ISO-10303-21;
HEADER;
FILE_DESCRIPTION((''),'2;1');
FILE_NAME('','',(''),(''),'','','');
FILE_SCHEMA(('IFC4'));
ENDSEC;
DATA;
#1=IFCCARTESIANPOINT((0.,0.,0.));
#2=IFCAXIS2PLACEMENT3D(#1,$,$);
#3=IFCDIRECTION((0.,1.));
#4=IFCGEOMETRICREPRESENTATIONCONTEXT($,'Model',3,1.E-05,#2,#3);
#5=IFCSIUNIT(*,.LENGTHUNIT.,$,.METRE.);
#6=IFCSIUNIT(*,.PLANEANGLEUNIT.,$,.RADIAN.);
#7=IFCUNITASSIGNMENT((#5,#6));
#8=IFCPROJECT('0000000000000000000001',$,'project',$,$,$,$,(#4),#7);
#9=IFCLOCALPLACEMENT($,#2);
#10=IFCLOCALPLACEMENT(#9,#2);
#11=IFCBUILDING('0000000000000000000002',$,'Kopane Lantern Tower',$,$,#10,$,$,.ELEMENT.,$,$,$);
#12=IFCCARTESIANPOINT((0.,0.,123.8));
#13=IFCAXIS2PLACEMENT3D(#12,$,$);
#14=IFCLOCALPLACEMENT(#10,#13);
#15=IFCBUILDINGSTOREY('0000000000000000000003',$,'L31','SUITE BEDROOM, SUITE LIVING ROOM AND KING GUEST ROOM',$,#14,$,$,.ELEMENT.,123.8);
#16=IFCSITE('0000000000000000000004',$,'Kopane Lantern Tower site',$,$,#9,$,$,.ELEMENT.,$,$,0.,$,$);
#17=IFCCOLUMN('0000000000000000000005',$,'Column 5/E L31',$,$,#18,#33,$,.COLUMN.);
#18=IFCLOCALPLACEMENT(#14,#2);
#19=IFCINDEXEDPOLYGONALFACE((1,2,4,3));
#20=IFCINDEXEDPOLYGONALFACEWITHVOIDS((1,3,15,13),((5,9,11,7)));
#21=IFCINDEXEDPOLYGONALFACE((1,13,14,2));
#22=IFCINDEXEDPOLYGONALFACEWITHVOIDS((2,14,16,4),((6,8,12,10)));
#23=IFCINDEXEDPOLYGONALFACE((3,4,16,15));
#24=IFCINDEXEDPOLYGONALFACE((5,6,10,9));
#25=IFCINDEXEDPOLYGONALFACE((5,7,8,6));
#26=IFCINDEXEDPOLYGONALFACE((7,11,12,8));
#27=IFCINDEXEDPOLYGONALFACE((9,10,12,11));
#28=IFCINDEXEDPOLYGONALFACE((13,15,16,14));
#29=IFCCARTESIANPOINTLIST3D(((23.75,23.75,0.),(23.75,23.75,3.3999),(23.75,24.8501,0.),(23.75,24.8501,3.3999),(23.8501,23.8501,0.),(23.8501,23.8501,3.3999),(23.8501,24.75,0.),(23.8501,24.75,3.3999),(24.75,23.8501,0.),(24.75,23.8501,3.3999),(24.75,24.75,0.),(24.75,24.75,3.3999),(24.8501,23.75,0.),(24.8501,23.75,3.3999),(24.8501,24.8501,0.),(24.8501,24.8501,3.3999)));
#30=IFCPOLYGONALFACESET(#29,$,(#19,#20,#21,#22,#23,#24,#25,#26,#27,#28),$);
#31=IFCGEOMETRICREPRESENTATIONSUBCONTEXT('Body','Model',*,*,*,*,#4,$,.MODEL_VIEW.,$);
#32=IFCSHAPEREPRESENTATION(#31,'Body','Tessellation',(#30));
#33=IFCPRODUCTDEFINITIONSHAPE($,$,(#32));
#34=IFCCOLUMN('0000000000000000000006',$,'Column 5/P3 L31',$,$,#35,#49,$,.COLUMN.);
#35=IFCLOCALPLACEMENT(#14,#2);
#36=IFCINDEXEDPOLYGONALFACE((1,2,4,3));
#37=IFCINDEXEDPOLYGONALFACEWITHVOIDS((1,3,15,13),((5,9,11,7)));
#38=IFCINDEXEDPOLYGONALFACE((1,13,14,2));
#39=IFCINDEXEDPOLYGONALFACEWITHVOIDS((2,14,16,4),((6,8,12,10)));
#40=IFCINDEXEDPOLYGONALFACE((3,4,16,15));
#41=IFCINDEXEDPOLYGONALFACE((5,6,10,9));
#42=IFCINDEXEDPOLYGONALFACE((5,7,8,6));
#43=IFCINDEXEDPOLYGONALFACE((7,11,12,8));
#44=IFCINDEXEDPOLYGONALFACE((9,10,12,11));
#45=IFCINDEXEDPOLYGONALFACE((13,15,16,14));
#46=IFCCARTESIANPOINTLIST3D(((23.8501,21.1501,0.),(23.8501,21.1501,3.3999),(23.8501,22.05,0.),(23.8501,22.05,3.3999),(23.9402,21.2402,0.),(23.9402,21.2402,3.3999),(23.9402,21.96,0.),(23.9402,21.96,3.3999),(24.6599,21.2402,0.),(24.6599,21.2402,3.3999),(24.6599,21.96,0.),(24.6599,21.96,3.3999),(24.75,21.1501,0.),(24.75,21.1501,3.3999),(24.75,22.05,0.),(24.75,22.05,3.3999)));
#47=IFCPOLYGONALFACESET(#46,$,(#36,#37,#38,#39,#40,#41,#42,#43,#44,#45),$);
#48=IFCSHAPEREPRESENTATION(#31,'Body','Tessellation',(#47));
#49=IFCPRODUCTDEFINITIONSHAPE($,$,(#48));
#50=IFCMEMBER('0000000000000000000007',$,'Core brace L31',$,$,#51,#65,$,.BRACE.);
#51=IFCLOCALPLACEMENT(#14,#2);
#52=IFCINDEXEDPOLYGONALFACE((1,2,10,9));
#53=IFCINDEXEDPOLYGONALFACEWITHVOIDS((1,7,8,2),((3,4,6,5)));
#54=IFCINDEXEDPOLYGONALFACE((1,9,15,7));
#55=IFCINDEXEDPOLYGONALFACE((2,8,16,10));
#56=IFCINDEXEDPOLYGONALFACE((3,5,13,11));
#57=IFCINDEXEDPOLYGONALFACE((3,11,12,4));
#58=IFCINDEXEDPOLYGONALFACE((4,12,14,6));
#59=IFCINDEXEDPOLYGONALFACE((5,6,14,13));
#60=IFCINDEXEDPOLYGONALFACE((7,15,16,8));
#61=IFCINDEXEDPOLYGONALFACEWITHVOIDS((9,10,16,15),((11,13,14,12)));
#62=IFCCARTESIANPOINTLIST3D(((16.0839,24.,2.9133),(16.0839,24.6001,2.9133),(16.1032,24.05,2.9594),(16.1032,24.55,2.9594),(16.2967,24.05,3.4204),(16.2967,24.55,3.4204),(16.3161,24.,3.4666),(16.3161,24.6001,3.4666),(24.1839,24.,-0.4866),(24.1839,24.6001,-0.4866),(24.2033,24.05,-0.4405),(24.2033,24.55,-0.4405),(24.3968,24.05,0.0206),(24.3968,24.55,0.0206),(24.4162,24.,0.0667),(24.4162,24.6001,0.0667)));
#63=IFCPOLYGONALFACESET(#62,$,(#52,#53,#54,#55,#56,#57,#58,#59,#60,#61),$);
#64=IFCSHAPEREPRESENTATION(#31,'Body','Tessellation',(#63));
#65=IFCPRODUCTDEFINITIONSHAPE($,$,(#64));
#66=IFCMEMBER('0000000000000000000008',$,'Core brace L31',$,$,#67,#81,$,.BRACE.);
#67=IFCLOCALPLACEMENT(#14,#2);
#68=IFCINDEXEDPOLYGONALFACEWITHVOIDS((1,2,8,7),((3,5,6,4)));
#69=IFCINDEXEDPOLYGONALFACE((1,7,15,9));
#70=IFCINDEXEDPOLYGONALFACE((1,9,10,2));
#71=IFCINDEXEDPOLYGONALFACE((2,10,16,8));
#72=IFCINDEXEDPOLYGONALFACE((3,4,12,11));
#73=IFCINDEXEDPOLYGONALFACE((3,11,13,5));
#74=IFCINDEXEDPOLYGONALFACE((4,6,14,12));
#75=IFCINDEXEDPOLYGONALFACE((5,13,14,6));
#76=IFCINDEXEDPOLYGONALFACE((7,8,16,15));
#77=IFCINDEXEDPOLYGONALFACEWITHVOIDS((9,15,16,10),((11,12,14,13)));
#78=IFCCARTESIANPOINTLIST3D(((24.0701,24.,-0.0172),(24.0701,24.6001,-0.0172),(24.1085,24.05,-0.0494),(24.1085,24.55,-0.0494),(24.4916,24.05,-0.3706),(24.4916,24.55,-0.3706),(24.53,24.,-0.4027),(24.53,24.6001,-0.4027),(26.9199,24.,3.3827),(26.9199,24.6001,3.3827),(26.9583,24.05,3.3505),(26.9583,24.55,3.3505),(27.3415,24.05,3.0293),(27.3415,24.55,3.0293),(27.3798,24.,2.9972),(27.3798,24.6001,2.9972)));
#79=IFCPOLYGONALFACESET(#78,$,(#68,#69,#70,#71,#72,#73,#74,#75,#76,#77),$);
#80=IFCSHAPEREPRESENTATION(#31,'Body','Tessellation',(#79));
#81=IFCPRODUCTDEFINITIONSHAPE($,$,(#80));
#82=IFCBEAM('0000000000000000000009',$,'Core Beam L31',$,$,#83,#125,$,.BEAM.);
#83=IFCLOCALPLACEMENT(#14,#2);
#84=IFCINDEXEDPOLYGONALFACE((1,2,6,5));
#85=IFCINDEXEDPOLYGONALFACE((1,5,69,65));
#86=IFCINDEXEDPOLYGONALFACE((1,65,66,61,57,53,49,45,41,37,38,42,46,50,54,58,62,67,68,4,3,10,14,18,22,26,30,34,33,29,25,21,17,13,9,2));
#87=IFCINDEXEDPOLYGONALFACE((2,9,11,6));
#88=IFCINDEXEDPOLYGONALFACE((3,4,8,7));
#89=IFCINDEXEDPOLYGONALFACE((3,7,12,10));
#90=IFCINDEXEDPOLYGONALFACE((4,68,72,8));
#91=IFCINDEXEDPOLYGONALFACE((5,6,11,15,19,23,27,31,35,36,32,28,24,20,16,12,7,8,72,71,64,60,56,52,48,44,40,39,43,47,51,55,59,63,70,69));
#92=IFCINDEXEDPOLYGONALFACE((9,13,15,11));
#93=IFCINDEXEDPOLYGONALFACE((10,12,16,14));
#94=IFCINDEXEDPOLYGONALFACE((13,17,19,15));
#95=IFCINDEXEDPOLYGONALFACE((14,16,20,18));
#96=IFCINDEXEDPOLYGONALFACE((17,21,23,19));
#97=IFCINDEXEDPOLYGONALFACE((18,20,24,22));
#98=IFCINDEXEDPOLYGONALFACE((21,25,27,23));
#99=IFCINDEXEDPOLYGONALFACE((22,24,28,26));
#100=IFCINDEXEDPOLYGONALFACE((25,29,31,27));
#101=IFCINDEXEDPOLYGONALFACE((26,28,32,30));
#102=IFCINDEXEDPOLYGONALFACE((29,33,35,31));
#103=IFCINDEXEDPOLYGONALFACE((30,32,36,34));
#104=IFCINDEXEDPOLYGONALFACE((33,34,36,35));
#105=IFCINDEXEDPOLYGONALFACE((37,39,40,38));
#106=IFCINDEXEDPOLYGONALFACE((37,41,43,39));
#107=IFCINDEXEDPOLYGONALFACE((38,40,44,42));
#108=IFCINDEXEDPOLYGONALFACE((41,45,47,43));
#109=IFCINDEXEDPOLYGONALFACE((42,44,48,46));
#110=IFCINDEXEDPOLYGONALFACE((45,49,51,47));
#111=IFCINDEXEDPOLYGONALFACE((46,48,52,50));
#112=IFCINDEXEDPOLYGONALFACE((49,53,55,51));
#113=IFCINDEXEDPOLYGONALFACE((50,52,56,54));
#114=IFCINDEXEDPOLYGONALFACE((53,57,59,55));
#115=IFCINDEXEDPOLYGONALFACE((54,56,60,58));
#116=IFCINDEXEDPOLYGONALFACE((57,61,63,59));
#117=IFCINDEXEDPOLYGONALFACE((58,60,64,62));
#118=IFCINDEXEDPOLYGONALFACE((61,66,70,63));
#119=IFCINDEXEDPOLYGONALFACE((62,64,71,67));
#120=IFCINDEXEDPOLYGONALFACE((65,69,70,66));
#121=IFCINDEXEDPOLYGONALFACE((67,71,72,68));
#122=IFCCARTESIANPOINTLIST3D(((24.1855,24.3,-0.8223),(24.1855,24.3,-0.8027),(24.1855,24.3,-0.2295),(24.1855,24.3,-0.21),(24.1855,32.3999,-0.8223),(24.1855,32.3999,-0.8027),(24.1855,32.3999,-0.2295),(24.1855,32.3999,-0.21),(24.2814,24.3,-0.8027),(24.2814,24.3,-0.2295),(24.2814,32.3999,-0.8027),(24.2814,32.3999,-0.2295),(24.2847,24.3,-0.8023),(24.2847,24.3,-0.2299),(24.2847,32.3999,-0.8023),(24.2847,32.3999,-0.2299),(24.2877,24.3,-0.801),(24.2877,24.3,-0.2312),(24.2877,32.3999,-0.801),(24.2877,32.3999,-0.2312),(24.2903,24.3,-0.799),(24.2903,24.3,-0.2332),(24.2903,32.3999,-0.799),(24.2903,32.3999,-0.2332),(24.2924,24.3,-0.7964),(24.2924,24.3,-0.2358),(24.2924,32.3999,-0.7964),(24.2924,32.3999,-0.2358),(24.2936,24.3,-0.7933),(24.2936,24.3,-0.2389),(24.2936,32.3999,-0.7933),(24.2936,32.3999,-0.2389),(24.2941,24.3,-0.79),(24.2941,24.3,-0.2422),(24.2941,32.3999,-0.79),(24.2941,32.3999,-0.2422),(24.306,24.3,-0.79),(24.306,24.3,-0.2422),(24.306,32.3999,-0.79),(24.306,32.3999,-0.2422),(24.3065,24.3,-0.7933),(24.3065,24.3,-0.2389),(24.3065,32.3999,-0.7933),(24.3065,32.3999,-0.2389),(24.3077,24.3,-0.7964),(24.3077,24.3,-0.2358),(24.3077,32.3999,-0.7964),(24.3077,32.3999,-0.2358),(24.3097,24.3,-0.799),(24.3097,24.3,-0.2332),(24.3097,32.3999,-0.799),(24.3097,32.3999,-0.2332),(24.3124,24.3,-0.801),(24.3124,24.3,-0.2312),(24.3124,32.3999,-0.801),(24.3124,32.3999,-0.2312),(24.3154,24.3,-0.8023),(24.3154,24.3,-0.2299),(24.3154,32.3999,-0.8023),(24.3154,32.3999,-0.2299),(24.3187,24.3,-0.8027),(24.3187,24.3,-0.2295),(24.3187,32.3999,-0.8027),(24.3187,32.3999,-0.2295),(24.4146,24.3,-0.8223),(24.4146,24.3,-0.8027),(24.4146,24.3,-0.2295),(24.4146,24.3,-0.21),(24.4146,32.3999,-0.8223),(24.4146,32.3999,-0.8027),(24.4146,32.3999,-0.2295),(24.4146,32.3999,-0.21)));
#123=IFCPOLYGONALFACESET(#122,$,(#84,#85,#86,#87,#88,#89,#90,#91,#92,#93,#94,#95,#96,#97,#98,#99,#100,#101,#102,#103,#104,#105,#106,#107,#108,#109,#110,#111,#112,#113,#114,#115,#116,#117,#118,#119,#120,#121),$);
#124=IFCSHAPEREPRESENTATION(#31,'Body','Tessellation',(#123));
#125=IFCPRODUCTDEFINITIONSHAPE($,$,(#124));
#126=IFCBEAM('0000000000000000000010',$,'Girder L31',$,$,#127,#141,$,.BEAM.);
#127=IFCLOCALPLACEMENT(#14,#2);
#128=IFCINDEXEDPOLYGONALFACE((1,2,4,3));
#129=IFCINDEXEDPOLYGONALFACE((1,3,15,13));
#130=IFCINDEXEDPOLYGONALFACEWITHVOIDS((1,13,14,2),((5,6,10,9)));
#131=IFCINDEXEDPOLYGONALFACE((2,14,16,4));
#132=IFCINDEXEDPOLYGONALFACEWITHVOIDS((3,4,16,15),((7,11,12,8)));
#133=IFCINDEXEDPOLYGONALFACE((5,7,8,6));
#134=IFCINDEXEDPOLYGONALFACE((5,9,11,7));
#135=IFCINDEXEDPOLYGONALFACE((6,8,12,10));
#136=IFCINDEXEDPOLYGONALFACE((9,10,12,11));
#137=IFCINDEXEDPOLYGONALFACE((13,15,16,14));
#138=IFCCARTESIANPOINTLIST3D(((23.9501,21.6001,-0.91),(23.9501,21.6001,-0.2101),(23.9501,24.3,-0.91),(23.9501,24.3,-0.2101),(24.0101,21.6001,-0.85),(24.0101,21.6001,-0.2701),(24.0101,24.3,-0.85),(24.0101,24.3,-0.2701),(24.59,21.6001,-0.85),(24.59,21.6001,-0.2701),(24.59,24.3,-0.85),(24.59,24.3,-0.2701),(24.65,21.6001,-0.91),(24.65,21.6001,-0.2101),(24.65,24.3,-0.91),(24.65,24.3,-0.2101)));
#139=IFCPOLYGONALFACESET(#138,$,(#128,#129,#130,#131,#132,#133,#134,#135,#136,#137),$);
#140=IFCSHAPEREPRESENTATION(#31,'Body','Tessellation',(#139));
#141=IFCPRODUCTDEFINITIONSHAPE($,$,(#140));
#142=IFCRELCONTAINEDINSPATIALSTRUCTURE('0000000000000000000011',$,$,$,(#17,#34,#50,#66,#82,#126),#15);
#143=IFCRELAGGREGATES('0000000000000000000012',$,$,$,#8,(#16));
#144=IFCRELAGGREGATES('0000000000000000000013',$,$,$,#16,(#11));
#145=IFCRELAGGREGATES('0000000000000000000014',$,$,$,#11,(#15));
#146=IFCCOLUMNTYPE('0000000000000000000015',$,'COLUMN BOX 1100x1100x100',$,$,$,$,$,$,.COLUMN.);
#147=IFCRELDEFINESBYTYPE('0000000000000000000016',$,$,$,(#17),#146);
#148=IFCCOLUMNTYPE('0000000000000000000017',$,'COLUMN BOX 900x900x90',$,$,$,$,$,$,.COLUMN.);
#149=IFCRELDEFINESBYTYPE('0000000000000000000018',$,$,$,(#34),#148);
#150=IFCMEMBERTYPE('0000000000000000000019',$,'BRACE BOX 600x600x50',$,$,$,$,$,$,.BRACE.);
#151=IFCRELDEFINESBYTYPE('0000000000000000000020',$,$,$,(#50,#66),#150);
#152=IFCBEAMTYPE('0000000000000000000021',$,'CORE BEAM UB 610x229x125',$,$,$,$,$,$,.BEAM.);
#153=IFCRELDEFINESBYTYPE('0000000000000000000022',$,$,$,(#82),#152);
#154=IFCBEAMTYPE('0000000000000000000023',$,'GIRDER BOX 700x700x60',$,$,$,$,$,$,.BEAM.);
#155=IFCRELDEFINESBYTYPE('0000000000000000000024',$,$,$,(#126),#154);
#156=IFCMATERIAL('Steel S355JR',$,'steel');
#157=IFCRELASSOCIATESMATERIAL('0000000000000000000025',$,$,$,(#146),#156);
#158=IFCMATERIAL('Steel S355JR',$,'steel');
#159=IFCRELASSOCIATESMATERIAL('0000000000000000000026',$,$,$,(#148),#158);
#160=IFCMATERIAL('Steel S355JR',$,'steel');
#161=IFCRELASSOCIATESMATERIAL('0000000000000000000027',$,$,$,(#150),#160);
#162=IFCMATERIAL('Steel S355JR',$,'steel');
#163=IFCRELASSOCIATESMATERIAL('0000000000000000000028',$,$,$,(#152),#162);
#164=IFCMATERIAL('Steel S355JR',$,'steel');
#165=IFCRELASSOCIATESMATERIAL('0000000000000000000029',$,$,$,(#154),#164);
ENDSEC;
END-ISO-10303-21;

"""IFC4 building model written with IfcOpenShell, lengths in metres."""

from ifc_helpers import new_model, si_unit, direction, frame, origin, origin_2d, place, context, subcontext, project, spatial, hollow_rectangle, i_section, extrude, material, material_profile, profile_set, type_object, element, save


model = new_model("IFC4")

# Units and contexts
model_context = context("Model", 3, precision=1e-05, world=origin(), true_north=direction((0.0, 1.0)))
body_context = subcontext(model_context, "Body", "Model", "MODEL_VIEW")
ifc_project = project(units=[si_unit("LENGTHUNIT", "METRE"), si_unit("PLANEANGLEUNIT", "RADIAN")], contexts=[model_context])

# Site, building, storey
site_placement = place(None, origin())
site = spatial("IfcSite", under=ifc_project, at=site_placement, Name="Kopane Lantern Tower site", CompositionType="ELEMENT", RefElevation=0.0)
building_placement = place(site_placement, origin())
building = spatial("IfcBuilding", under=site, at=building_placement, Name="Kopane Lantern Tower", CompositionType="ELEMENT")
storey_placement = place(building_placement, frame((0.0, 0.0, 123.8)))
storey = spatial("IfcBuildingStorey", under=building, at=storey_placement, Name="L31", Description="SUITE BEDROOM, SUITE LIVING ROOM AND KING GUEST ROOM", CompositionType="ELEMENT", Elevation=123.8)

# Columns
ifc_material_1 = material(Name="Steel S355JR", Category="steel")
ifc_material_profile_1 = material_profile(ifc_material_1, hollow_rectangle(XDim=1.1001, YDim=1.1001, WallThickness=0.1001, at=origin_2d()), Name="BOX 1100x1100x100")
ifc_profile_set_1 = profile_set([ifc_material_profile_1], Name="Steel S355JR")
column_type_1 = type_object("IfcColumnType", Name="COLUMN BOX 1100x1100x100", PredefinedType="COLUMN", material=ifc_profile_set_1)
column_1_placement = place(storey_placement, frame((24.3, 24.3, 0.0), z_axis=(0.0, 0.0, 1.0), x_axis=(1.0, 0.0, 0.0)))
element("IfcColumn", 1, at=column_1_placement, inside=storey, type_object=column_type_1, Name="Column 5/E L31", PredefinedType="COLUMN", context=body_context, shape_type="SweptSolid", body=[
    extrude(hollow_rectangle(XDim=1.1001, YDim=1.1001, WallThickness=0.1001, at=origin_2d()), origin(), (0.0, 0.0, 1.0), 3.3999),
])
ifc_material_2 = material(Name="Steel S355JR", Category="steel")
ifc_material_profile_2 = material_profile(ifc_material_2, hollow_rectangle(XDim=0.8999, YDim=0.8999, WallThickness=0.0901, at=origin_2d()), Name="BOX 900x900x90")
ifc_profile_set_2 = profile_set([ifc_material_profile_2], Name="Steel S355JR")
column_type_2 = type_object("IfcColumnType", Name="COLUMN BOX 900x900x90", PredefinedType="COLUMN", material=ifc_profile_set_2)
column_2_placement = place(storey_placement, frame((24.3, 21.6001, 0.0), z_axis=(0.0, 0.0, 1.0), x_axis=(1.0, 0.0, 0.0)))
element("IfcColumn", 2, at=column_2_placement, inside=storey, type_object=column_type_2, Name="Column 5/P3 L31", PredefinedType="COLUMN", context=body_context, shape_type="SweptSolid", body=[
    extrude(hollow_rectangle(XDim=0.8999, YDim=0.8999, WallThickness=0.0901, at=origin_2d()), origin(), (0.0, 0.0, 1.0), 3.3999),
])

# Members
ifc_material_3 = material(Name="Steel S355JR", Category="steel")
ifc_material_profile_3 = material_profile(ifc_material_3, hollow_rectangle(XDim=0.6001, YDim=0.6001, WallThickness=0.05, at=origin_2d()), Name="BOX 600x600x50")
ifc_profile_set_3 = profile_set([ifc_material_profile_3], Name="Steel S355JR")
member_type = type_object("IfcMemberType", Name="BRACE BOX 600x600x50", PredefinedType="BRACE", material=ifc_profile_set_3)
member_1_placement = place(storey_placement, frame((24.3, 24.3, -0.21), z_axis=(-0.922069, 0.0, 0.387026), x_axis=(0.0, -1.0, 0.0)))
element("IfcMember", 3, at=member_1_placement, inside=storey, type_object=member_type, Name="Core brace L31", PredefinedType="BRACE", context=body_context, shape_type="SweptSolid", body=[
    extrude(hollow_rectangle(XDim=0.6001, YDim=0.6001, WallThickness=0.05, at=origin_2d()), origin(), (0.0, 0.0, 1.0), 8.7847),
])
member_2_placement = place(storey_placement, frame((24.3, 24.3, -0.21), z_axis=(0.64239, 0.0, 0.766378), x_axis=(0.0, 1.0, 0.0)))
element("IfcMember", 4, at=member_2_placement, inside=storey, type_object=member_type, Name="Core brace L31", PredefinedType="BRACE", context=body_context, shape_type="SweptSolid", body=[
    extrude(hollow_rectangle(XDim=0.6001, YDim=0.6001, WallThickness=0.05, at=origin_2d()), origin(), (0.0, 0.0, 1.0), 4.4363),
])

# Beams
ifc_material_4 = material(Name="Steel S355JR", Category="steel")
ifc_material_profile_4 = material_profile(ifc_material_4, i_section(OverallWidth=0.229, OverallDepth=0.6123, WebThickness=0.012, FlangeThickness=0.0195, FilletRadius=0.0127, at=origin_2d()), Name="UB 610x229x125")
ifc_profile_set_4 = profile_set([ifc_material_profile_4], Name="Steel S355JR")
beam_type_1 = type_object("IfcBeamType", Name="CORE BEAM UB 610x229x125", PredefinedType="BEAM", material=ifc_profile_set_4)
beam_1_placement = place(storey_placement, frame((24.3, 24.3, -0.5161), z_axis=(0.0, 1.0, 0.0), x_axis=(-1.0, 0.0, 0.0)))
element("IfcBeam", 5, at=beam_1_placement, inside=storey, type_object=beam_type_1, Name="Core Beam L31", PredefinedType="BEAM", context=body_context, shape_type="SweptSolid", body=[
    extrude(i_section(OverallWidth=0.229, OverallDepth=0.6123, WebThickness=0.012, FlangeThickness=0.0195, FilletRadius=0.0127, at=origin_2d()), origin(), (0.0, 0.0, 1.0), 8.0999),
])
ifc_material_5 = material(Name="Steel S355JR", Category="steel")
ifc_material_profile_5 = material_profile(ifc_material_5, hollow_rectangle(XDim=0.7, YDim=0.7, WallThickness=0.0601, at=origin_2d()), Name="BOX 700x700x60")
ifc_profile_set_5 = profile_set([ifc_material_profile_5], Name="Steel S355JR")
beam_type_2 = type_object("IfcBeamType", Name="GIRDER BOX 700x700x60", PredefinedType="BEAM", material=ifc_profile_set_5)
beam_2_placement = place(storey_placement, frame((24.3, 21.6001, -0.5601), z_axis=(0.0, 1.0, 0.0), x_axis=(-1.0, 0.0, 0.0)))
element("IfcBeam", 6, at=beam_2_placement, inside=storey, type_object=beam_type_2, Name="Girder L31", PredefinedType="BEAM", context=body_context, shape_type="SweptSolid", body=[
    extrude(hollow_rectangle(XDim=0.7, YDim=0.7, WallThickness=0.0601, at=origin_2d()), origin(), (0.0, 0.0, 1.0), 2.7),
])

save(model, "model.ifc")
